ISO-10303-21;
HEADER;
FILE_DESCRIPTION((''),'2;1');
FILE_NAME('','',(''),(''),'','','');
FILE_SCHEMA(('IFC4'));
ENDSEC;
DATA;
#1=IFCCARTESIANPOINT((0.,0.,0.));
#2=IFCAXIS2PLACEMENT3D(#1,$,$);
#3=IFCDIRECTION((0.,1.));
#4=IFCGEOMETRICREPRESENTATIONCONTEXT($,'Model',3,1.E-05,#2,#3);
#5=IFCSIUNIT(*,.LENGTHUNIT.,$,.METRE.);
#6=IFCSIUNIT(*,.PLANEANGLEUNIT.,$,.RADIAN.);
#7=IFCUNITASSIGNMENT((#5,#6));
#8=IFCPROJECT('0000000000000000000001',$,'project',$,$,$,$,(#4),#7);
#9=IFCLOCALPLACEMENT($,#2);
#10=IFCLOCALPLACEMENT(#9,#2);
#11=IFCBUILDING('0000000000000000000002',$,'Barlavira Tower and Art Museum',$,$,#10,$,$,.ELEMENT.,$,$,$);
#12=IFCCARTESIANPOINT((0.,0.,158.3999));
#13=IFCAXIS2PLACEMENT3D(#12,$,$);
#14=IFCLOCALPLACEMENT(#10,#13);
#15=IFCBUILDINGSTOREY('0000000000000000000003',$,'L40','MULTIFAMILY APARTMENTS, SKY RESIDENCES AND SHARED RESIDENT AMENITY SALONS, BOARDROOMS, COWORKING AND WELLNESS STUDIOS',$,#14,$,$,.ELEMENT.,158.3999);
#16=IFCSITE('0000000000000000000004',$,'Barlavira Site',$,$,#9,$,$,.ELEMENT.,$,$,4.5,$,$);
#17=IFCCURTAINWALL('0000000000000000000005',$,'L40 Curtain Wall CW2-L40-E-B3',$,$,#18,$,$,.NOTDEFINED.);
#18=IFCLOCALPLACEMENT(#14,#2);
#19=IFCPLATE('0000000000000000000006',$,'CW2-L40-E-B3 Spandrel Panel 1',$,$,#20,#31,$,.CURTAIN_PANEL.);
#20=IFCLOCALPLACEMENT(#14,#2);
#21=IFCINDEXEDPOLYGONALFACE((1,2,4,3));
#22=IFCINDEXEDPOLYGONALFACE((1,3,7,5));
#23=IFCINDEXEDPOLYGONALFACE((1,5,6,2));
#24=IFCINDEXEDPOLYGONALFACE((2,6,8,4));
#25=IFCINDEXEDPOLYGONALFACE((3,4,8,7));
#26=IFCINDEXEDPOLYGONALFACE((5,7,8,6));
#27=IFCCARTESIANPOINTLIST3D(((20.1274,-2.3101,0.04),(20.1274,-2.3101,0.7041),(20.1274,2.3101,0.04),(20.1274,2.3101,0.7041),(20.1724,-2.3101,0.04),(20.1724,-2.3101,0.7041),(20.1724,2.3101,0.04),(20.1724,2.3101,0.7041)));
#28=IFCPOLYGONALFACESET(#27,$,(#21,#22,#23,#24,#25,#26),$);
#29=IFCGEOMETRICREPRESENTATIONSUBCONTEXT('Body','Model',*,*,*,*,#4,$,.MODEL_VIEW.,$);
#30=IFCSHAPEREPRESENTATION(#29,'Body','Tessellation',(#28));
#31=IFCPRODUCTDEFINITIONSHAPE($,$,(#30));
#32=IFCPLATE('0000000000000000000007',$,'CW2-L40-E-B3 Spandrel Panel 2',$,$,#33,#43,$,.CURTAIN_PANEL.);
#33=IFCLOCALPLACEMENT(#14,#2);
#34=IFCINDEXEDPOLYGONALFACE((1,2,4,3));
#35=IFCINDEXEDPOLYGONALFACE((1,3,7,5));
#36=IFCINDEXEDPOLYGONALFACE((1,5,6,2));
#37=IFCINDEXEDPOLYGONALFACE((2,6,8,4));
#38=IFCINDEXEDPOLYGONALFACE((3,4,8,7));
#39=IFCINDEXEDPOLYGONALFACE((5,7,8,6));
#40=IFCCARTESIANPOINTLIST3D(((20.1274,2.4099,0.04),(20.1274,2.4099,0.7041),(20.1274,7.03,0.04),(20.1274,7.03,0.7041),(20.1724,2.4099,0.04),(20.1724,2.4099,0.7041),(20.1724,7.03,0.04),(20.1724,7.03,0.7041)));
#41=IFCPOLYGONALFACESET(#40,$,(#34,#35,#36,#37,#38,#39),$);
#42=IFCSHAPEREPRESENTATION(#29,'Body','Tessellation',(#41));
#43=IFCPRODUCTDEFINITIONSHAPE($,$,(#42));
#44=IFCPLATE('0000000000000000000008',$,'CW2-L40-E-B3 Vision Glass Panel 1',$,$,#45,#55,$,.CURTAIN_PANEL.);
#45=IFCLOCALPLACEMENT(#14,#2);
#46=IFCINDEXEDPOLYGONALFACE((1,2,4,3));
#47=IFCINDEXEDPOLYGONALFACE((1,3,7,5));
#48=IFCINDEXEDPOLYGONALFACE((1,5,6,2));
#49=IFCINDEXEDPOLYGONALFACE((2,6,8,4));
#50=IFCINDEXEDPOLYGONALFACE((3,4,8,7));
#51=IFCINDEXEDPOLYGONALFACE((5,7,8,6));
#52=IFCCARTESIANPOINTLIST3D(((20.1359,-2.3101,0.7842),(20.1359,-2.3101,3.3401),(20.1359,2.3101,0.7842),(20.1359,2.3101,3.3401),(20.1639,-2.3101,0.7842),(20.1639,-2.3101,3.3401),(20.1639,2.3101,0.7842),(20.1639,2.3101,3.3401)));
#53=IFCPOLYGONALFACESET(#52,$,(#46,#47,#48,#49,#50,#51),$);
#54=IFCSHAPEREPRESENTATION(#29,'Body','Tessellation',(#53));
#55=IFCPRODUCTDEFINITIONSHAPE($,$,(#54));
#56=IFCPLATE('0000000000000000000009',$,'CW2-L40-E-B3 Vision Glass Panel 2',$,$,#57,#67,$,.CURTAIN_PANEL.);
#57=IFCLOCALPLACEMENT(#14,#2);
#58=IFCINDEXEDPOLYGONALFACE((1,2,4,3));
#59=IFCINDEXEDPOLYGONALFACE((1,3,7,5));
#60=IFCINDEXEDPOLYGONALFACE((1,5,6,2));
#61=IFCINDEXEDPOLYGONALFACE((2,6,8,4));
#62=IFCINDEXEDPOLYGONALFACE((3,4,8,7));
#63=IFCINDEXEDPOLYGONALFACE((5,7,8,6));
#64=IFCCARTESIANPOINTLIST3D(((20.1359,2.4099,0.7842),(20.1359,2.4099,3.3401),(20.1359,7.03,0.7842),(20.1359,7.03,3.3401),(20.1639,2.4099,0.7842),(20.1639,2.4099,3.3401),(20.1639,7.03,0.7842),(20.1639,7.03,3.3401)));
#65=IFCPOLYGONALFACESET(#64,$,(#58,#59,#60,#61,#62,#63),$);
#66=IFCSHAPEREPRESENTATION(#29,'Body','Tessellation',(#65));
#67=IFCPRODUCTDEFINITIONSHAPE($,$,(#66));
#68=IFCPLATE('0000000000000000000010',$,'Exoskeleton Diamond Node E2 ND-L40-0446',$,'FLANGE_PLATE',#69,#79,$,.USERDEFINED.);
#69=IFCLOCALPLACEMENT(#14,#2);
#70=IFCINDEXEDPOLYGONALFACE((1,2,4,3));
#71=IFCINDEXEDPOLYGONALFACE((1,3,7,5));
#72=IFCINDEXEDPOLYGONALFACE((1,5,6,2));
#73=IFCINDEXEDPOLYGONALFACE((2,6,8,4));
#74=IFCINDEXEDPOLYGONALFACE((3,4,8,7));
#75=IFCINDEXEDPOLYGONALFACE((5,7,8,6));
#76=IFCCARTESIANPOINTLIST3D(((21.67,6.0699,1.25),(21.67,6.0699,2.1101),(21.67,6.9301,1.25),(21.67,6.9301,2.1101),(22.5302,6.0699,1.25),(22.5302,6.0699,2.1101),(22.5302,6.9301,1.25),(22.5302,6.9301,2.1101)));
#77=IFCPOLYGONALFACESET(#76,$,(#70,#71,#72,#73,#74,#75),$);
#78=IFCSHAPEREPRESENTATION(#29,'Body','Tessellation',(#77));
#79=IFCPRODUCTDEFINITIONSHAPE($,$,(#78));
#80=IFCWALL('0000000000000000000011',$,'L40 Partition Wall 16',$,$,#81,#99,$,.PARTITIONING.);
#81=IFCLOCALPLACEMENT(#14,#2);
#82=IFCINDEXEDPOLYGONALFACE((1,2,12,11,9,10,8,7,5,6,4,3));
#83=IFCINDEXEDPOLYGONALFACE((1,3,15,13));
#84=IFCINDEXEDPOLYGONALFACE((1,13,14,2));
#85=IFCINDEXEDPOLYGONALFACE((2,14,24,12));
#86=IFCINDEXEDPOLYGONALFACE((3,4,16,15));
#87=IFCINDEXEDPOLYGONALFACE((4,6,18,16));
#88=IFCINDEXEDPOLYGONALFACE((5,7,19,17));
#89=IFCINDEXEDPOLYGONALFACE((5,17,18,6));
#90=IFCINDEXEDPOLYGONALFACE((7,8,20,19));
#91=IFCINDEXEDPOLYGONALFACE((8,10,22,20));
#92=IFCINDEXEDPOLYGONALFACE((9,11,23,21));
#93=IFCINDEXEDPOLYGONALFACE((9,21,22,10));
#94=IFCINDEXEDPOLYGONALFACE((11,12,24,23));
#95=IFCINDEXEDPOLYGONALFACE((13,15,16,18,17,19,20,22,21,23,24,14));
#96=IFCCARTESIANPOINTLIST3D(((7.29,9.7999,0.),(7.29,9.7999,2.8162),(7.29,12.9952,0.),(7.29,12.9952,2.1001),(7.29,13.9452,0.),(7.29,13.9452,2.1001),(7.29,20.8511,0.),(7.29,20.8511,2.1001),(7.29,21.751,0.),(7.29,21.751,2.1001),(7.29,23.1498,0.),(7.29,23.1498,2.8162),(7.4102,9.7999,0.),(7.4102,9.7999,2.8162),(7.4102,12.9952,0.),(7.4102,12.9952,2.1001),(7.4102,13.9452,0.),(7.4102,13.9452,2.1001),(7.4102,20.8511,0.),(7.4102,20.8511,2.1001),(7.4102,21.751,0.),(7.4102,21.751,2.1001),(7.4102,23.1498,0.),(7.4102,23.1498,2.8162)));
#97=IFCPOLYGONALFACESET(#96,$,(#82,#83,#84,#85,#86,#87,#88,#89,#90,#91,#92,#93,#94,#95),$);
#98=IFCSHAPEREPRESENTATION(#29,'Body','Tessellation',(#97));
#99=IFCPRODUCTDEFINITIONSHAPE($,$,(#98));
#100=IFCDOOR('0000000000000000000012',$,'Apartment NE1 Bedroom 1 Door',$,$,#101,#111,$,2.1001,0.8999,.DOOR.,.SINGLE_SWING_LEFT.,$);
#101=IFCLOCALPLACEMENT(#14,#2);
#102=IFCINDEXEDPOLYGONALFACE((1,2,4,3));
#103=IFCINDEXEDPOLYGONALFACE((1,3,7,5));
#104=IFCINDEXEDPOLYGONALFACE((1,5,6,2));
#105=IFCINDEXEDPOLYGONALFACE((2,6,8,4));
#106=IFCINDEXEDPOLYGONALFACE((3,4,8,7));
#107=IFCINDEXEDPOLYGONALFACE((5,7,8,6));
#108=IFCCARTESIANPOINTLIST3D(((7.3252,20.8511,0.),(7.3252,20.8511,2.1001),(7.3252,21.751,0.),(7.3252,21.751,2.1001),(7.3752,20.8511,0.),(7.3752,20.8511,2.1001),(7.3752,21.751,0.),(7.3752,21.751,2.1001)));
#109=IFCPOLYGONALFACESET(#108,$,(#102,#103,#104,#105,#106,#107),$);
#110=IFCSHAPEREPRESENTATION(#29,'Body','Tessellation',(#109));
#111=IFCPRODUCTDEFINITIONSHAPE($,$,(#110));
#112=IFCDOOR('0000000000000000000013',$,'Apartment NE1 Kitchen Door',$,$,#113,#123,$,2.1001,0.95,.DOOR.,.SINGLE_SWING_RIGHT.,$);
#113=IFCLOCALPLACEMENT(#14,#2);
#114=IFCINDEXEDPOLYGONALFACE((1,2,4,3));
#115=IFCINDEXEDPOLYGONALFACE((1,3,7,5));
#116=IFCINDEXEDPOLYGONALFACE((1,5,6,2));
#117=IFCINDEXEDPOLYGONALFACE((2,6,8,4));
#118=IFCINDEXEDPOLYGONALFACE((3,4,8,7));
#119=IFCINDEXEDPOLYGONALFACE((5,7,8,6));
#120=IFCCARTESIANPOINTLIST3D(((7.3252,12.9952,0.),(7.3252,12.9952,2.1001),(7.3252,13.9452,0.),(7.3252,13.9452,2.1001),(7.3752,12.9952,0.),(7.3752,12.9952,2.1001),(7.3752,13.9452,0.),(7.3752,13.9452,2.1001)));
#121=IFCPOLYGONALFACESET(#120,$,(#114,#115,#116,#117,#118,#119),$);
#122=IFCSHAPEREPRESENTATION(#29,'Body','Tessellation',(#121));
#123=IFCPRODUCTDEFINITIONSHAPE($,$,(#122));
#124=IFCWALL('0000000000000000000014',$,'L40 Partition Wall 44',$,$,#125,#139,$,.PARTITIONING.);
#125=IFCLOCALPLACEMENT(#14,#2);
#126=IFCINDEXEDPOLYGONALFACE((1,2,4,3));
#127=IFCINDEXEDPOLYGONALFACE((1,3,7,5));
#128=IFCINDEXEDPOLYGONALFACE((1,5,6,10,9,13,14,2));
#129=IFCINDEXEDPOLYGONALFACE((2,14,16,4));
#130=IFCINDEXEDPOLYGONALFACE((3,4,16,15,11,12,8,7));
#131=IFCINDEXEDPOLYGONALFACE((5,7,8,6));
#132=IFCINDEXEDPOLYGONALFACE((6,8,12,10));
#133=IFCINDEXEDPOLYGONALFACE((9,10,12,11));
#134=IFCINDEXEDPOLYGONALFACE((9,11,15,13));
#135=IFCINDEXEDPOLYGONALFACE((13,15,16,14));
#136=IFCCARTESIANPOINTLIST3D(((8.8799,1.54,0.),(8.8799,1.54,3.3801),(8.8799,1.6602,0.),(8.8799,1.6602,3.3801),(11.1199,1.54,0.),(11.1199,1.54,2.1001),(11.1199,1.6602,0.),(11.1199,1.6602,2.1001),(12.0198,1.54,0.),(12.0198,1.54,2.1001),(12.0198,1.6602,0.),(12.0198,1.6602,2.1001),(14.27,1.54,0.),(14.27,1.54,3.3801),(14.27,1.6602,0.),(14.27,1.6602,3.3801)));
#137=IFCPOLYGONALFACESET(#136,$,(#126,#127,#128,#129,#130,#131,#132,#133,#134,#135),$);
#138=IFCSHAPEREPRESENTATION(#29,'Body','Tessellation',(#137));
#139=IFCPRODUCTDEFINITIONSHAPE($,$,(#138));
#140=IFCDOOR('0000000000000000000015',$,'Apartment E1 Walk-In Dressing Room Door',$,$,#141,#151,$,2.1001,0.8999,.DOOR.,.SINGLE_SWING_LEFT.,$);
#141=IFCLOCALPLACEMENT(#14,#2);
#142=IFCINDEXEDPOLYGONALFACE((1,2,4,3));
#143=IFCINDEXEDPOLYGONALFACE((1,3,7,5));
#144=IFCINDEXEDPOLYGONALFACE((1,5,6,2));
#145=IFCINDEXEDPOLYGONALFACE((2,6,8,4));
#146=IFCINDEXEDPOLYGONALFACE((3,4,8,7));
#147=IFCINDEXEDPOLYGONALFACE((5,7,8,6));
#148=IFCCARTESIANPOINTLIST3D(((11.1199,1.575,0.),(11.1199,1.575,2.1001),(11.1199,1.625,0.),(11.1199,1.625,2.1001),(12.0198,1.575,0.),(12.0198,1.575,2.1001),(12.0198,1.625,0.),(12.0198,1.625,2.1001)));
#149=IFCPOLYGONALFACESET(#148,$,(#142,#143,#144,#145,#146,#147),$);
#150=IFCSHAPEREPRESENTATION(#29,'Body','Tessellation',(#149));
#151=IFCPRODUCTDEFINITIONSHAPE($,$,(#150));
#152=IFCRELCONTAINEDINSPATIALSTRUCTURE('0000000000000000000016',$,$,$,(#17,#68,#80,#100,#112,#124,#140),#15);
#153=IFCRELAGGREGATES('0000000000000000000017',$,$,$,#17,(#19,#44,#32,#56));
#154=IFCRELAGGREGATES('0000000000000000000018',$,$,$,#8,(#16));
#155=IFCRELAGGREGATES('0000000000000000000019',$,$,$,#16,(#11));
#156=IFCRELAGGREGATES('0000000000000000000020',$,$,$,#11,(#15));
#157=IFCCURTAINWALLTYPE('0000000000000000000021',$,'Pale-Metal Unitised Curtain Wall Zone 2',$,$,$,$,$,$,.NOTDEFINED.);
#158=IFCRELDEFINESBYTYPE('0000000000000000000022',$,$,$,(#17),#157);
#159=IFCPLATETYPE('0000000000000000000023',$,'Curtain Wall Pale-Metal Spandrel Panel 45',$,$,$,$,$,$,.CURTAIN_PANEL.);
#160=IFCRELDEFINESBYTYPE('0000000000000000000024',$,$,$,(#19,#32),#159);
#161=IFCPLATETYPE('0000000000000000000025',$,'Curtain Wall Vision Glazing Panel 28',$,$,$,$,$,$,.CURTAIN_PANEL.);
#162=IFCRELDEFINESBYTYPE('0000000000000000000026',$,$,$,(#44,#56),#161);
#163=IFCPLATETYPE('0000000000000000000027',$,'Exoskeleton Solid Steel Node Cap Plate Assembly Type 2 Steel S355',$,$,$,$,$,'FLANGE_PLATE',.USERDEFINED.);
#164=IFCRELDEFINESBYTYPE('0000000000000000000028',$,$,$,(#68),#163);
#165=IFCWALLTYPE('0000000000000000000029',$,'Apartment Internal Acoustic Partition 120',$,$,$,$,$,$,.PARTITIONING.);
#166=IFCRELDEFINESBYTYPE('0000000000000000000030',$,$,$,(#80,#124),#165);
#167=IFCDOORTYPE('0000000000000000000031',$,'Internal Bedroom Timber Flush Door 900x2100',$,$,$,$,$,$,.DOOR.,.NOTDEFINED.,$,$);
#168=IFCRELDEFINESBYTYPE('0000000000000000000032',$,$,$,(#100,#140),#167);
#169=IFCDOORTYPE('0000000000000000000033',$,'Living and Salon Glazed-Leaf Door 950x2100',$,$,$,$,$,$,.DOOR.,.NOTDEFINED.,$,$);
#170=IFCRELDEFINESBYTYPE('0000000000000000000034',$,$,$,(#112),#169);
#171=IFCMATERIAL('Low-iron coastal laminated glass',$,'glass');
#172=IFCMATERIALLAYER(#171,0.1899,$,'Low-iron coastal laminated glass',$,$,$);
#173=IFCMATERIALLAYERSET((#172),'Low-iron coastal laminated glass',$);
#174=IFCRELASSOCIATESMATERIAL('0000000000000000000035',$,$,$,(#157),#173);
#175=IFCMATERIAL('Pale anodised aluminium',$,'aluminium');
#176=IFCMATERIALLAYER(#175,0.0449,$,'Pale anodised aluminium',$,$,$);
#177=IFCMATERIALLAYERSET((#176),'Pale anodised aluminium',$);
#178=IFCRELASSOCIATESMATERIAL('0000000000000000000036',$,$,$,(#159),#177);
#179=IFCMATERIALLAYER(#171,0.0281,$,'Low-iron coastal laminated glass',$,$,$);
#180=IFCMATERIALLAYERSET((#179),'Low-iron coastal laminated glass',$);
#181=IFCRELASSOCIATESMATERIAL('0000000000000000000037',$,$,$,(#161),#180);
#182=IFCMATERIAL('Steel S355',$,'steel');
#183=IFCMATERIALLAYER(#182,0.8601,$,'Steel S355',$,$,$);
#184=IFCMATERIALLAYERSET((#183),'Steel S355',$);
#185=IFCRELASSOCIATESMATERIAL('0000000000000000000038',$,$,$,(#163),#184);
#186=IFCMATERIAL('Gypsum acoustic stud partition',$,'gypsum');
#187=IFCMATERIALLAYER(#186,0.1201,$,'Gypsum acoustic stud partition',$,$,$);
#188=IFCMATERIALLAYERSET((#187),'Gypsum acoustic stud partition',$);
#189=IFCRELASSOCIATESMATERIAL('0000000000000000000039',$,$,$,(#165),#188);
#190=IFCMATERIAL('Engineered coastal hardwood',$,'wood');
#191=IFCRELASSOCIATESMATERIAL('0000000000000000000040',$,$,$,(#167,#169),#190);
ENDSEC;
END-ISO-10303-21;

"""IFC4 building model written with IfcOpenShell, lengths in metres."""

from ifc_helpers import new_model, si_unit, direction, frame, frame_2d, origin, origin_2d, place, context, subcontext, project, spatial, rectangle, extrude, material, layer, layer_set, type_object, element, fill, aggregate, save


model = new_model("IFC4")

# Units and contexts
model_context = context("Model", 3, precision=1e-05, world=origin(), true_north=direction((0.0, 1.0)))
body_context = subcontext(model_context, "Body", "Model", "MODEL_VIEW")
ifc_project = project(units=[si_unit("LENGTHUNIT", "METRE"), si_unit("PLANEANGLEUNIT", "RADIAN")], contexts=[model_context])

# Site, building, storey
site_placement = place(None, origin())
site = spatial("IfcSite", under=ifc_project, at=site_placement, Name="Barlavira Site", CompositionType="ELEMENT", RefElevation=4.5)
building_placement = place(site_placement, origin())
building = spatial("IfcBuilding", under=site, at=building_placement, Name="Barlavira Tower and Art Museum", CompositionType="ELEMENT")
storey_placement = place(building_placement, frame((0.0, 0.0, 158.3999)))
storey = spatial("IfcBuildingStorey", under=building, at=storey_placement, Name="L40", Description="MULTIFAMILY APARTMENTS, SKY RESIDENCES AND SHARED RESIDENT AMENITY SALONS, BOARDROOMS, COWORKING AND WELLNESS STUDIOS", CompositionType="ELEMENT", Elevation=158.3999)

# Curtain wall
ifc_material_1 = material(Name="Low-iron coastal laminated glass", Category="glass")
ifc_layer_1 = layer(ifc_material_1, 0.1899, Name="Low-iron coastal laminated glass")
ifc_layer_set_1 = layer_set([ifc_layer_1], Name="Low-iron coastal laminated glass")
curtain_wall_type = type_object("IfcCurtainWallType", Name="Pale-Metal Unitised Curtain Wall Zone 2", PredefinedType="NOTDEFINED", material=ifc_layer_set_1)
curtain_wall_placement = place(storey_placement, origin())
curtain_wall = element("IfcCurtainWall", 1, at=curtain_wall_placement, inside=storey, type_object=curtain_wall_type, Name="L40 Curtain Wall CW2-L40-E-B3", PredefinedType="NOTDEFINED")
ifc_material_2 = material(Name="Pale anodised aluminium", Category="aluminium")

# Shared definitions
ifc_material_3 = material(Name="Steel S355", Category="steel")

# Plates
ifc_layer_2 = layer(ifc_material_2, 0.0449, Name="Pale anodised aluminium")
ifc_layer_set_2 = layer_set([ifc_layer_2], Name="Pale anodised aluminium")
plate_type_1 = type_object("IfcPlateType", Name="Curtain Wall Pale-Metal Spandrel Panel 45", PredefinedType="CURTAIN_PANEL", material=ifc_layer_set_2)
plate_1_placement = place(storey_placement, frame((20.1499, 0.0, 0.04), z_axis=(0.0, 0.0, 1.0), x_axis=(0.0, 1.0, 0.0)))
plate_1 = element("IfcPlate", 2, at=plate_1_placement, type_object=plate_type_1, Name="CW2-L40-E-B3 Spandrel Panel 1", PredefinedType="CURTAIN_PANEL", context=body_context, shape_type="SweptSolid", body=[
    extrude(rectangle(XDim=4.6201, YDim=0.0449, at=origin_2d()), origin(), (0.0, 0.0, 1.0), 0.6641),
])
plate_2_placement = place(storey_placement, frame((20.1499, 4.72, 0.04), z_axis=(0.0, 0.0, 1.0), x_axis=(0.0, 1.0, 0.0)))
plate_2 = element("IfcPlate", 3, at=plate_2_placement, type_object=plate_type_1, Name="CW2-L40-E-B3 Spandrel Panel 2", PredefinedType="CURTAIN_PANEL", context=body_context, shape_type="SweptSolid", body=[
    extrude(rectangle(XDim=4.6201, YDim=0.0449, at=origin_2d()), origin(), (0.0, 0.0, 1.0), 0.6641),
])
ifc_layer_3 = layer(ifc_material_1, 0.0281, Name="Low-iron coastal laminated glass")
ifc_layer_set_3 = layer_set([ifc_layer_3], Name="Low-iron coastal laminated glass")
plate_type_2 = type_object("IfcPlateType", Name="Curtain Wall Vision Glazing Panel 28", PredefinedType="CURTAIN_PANEL", material=ifc_layer_set_3)
plate_3_placement = place(storey_placement, frame((20.1499, 0.0, 0.7842), z_axis=(0.0, 0.0, 1.0), x_axis=(0.0, 1.0, 0.0)))
plate_3 = element("IfcPlate", 4, at=plate_3_placement, type_object=plate_type_2, Name="CW2-L40-E-B3 Vision Glass Panel 1", PredefinedType="CURTAIN_PANEL", context=body_context, shape_type="SweptSolid", body=[
    extrude(rectangle(XDim=4.6201, YDim=0.0281, at=origin_2d()), origin(), (0.0, 0.0, 1.0), 2.5559),
])
plate_4_placement = place(storey_placement, frame((20.1499, 4.72, 0.7842), z_axis=(0.0, 0.0, 1.0), x_axis=(0.0, 1.0, 0.0)))
plate_4 = element("IfcPlate", 5, at=plate_4_placement, type_object=plate_type_2, Name="CW2-L40-E-B3 Vision Glass Panel 2", PredefinedType="CURTAIN_PANEL", context=body_context, shape_type="SweptSolid", body=[
    extrude(rectangle(XDim=4.6201, YDim=0.0281, at=origin_2d()), origin(), (0.0, 0.0, 1.0), 2.5559),
])
aggregate(curtain_wall, [plate_1, plate_3, plate_2, plate_4])
ifc_layer_4 = layer(ifc_material_3, 0.8601, Name="Steel S355")
ifc_layer_set_4 = layer_set([ifc_layer_4], Name="Steel S355")
plate_type_3 = type_object("IfcPlateType", Name="Exoskeleton Solid Steel Node Cap Plate Assembly Type 2 Steel S355", ElementType="FLANGE_PLATE", PredefinedType="USERDEFINED", material=ifc_layer_set_4)
plate_5_placement = place(storey_placement, frame((22.1001, 6.5, 1.25), z_axis=(0.0, 0.0, 1.0), x_axis=(1.0, 0.0, 0.0)))
element("IfcPlate", 6, at=plate_5_placement, inside=storey, type_object=plate_type_3, Name="Exoskeleton Diamond Node E2 ND-L40-0446", ObjectType="FLANGE_PLATE", PredefinedType="USERDEFINED", context=body_context, shape_type="SweptSolid", body=[
    extrude(rectangle(XDim=0.8601, YDim=0.8601, at=origin_2d()), origin(), (0.0, 0.0, 1.0), 0.8601),
])

# Wall, openings, doors
ifc_material_4 = material(Name="Gypsum acoustic stud partition", Category="gypsum")
ifc_layer_5 = layer(ifc_material_4, 0.1201, Name="Gypsum acoustic stud partition")
ifc_layer_set_5 = layer_set([ifc_layer_5], Name="Gypsum acoustic stud partition")
wall_type_1 = type_object("IfcWallType", Name="Apartment Internal Acoustic Partition 120", PredefinedType="PARTITIONING", material=ifc_layer_set_5)
wall_1_placement = place(storey_placement, frame((7.3501, 9.8, 0.0), z_axis=(0.0, 0.0, 1.0), x_axis=(0.0, 1.0, 0.0)))
wall_1 = element("IfcWall", 7, at=wall_1_placement, inside=storey, type_object=wall_type_1, Name="L40 Partition Wall 16", PredefinedType="PARTITIONING", context=body_context, shape_type="SweptSolid", body=[
    extrude(rectangle(XDim=13.3499, YDim=0.1201, at=frame_2d((6.6748, 0.0))), origin(), (0.0, 0.0, 1.0), 2.8162),
])
opening_1_placement = place(wall_1_placement, frame((3.1951, 0.0, 0.0)))
opening_1 = element("IfcOpeningElement", 8, at=opening_1_placement, cuts=wall_1, PredefinedType="OPENING", context=body_context, shape_type="SweptSolid", body=[
    extrude(rectangle(XDim=0.95, YDim=2.1001, at=frame_2d((0.4751, 1.05))), frame((0.0, 0.0701, 0.0), z_axis=(0.0, -1.0, 0.0), x_axis=(1.0, 0.0, 0.0)), (0.0, 0.0, 1.0), 0.1401),
])
opening_2_placement = place(wall_1_placement, frame((11.051, 0.0, 0.0)))
opening_2 = element("IfcOpeningElement", 9, at=opening_2_placement, cuts=wall_1, PredefinedType="OPENING", context=body_context, shape_type="SweptSolid", body=[
    extrude(rectangle(XDim=0.8999, YDim=2.1001, at=frame_2d((0.45, 1.05))), frame((0.0, 0.0701, 0.0), z_axis=(0.0, -1.0, 0.0), x_axis=(1.0, 0.0, 0.0)), (0.0, 0.0, 1.0), 0.1401),
])
ifc_material_5 = material(Name="Engineered coastal hardwood", Category="wood")
door_type_1 = type_object("IfcDoorType", Name="Internal Bedroom Timber Flush Door 900x2100", OperationType="NOTDEFINED", PredefinedType="DOOR", material=ifc_material_5)
door_1_placement = place(opening_2_placement, origin())
door_1 = element("IfcDoor", 10, at=door_1_placement, inside=storey, type_object=door_type_1, Name="Apartment NE1 Bedroom 1 Door", OperationType="SINGLE_SWING_LEFT", OverallHeight=2.1001, OverallWidth=0.8999, PredefinedType="DOOR", context=body_context, shape_type="SweptSolid", body=[
    extrude(rectangle(XDim=0.8999, YDim=2.1001, at=frame_2d((0.45, 1.05))), frame((0.0, 0.0249, 0.0), z_axis=(0.0, -1.0, 0.0), x_axis=(1.0, 0.0, 0.0)), (0.0, 0.0, 1.0), 0.05),
])
fill(opening_2, door_1)
door_type_2 = type_object("IfcDoorType", Name="Living and Salon Glazed-Leaf Door 950x2100", OperationType="NOTDEFINED", PredefinedType="DOOR", material=ifc_material_5)
door_2_placement = place(opening_1_placement, origin())
door_2 = element("IfcDoor", 11, at=door_2_placement, inside=storey, type_object=door_type_2, Name="Apartment NE1 Kitchen Door", OperationType="SINGLE_SWING_RIGHT", OverallHeight=2.1001, OverallWidth=0.95, PredefinedType="DOOR", context=body_context, shape_type="SweptSolid", body=[
    extrude(rectangle(XDim=0.95, YDim=2.1001, at=frame_2d((0.4751, 1.05))), frame((0.0, 0.0249, 0.0), z_axis=(0.0, -1.0, 0.0), x_axis=(1.0, 0.0, 0.0)), (0.0, 0.0, 1.0), 0.05),
])
fill(opening_1, door_2)

# Wall, opening, door
wall_2_placement = place(storey_placement, frame((8.8799, 1.6001, 0.0), z_axis=(0.0, 0.0, 1.0), x_axis=(1.0, 0.0, 0.0)))
wall_2 = element("IfcWall", 12, at=wall_2_placement, inside=storey, type_object=wall_type_1, Name="L40 Partition Wall 44", PredefinedType="PARTITIONING", context=body_context, shape_type="SweptSolid", body=[
    extrude(rectangle(XDim=5.3901, YDim=0.1201, at=frame_2d((2.6951, 0.0))), origin(), (0.0, 0.0, 1.0), 3.3801),
])
opening_3_placement = place(wall_2_placement, frame((2.24, 0.0, 0.0)))
opening_3 = element("IfcOpeningElement", 13, at=opening_3_placement, cuts=wall_2, PredefinedType="OPENING", context=body_context, shape_type="SweptSolid", body=[
    extrude(rectangle(XDim=0.8999, YDim=2.1001, at=frame_2d((0.45, 1.05))), frame((0.0, 0.0701, 0.0), z_axis=(0.0, -1.0, 0.0), x_axis=(1.0, 0.0, 0.0)), (0.0, 0.0, 1.0), 0.1401),
])
door_3_placement = place(opening_3_placement, origin())
door_3 = element("IfcDoor", 14, at=door_3_placement, inside=storey, type_object=door_type_1, Name="Apartment E1 Walk-In Dressing Room Door", OperationType="SINGLE_SWING_LEFT", OverallHeight=2.1001, OverallWidth=0.8999, PredefinedType="DOOR", context=body_context, shape_type="SweptSolid", body=[
    extrude(rectangle(XDim=0.8999, YDim=2.1001, at=frame_2d((0.45, 1.05))), frame((0.0, 0.0249, 0.0), z_axis=(0.0, -1.0, 0.0), x_axis=(1.0, 0.0, 0.0)), (0.0, 0.0, 1.0), 0.05),
])
fill(opening_3, door_3)

save(model, "model.ifc")
